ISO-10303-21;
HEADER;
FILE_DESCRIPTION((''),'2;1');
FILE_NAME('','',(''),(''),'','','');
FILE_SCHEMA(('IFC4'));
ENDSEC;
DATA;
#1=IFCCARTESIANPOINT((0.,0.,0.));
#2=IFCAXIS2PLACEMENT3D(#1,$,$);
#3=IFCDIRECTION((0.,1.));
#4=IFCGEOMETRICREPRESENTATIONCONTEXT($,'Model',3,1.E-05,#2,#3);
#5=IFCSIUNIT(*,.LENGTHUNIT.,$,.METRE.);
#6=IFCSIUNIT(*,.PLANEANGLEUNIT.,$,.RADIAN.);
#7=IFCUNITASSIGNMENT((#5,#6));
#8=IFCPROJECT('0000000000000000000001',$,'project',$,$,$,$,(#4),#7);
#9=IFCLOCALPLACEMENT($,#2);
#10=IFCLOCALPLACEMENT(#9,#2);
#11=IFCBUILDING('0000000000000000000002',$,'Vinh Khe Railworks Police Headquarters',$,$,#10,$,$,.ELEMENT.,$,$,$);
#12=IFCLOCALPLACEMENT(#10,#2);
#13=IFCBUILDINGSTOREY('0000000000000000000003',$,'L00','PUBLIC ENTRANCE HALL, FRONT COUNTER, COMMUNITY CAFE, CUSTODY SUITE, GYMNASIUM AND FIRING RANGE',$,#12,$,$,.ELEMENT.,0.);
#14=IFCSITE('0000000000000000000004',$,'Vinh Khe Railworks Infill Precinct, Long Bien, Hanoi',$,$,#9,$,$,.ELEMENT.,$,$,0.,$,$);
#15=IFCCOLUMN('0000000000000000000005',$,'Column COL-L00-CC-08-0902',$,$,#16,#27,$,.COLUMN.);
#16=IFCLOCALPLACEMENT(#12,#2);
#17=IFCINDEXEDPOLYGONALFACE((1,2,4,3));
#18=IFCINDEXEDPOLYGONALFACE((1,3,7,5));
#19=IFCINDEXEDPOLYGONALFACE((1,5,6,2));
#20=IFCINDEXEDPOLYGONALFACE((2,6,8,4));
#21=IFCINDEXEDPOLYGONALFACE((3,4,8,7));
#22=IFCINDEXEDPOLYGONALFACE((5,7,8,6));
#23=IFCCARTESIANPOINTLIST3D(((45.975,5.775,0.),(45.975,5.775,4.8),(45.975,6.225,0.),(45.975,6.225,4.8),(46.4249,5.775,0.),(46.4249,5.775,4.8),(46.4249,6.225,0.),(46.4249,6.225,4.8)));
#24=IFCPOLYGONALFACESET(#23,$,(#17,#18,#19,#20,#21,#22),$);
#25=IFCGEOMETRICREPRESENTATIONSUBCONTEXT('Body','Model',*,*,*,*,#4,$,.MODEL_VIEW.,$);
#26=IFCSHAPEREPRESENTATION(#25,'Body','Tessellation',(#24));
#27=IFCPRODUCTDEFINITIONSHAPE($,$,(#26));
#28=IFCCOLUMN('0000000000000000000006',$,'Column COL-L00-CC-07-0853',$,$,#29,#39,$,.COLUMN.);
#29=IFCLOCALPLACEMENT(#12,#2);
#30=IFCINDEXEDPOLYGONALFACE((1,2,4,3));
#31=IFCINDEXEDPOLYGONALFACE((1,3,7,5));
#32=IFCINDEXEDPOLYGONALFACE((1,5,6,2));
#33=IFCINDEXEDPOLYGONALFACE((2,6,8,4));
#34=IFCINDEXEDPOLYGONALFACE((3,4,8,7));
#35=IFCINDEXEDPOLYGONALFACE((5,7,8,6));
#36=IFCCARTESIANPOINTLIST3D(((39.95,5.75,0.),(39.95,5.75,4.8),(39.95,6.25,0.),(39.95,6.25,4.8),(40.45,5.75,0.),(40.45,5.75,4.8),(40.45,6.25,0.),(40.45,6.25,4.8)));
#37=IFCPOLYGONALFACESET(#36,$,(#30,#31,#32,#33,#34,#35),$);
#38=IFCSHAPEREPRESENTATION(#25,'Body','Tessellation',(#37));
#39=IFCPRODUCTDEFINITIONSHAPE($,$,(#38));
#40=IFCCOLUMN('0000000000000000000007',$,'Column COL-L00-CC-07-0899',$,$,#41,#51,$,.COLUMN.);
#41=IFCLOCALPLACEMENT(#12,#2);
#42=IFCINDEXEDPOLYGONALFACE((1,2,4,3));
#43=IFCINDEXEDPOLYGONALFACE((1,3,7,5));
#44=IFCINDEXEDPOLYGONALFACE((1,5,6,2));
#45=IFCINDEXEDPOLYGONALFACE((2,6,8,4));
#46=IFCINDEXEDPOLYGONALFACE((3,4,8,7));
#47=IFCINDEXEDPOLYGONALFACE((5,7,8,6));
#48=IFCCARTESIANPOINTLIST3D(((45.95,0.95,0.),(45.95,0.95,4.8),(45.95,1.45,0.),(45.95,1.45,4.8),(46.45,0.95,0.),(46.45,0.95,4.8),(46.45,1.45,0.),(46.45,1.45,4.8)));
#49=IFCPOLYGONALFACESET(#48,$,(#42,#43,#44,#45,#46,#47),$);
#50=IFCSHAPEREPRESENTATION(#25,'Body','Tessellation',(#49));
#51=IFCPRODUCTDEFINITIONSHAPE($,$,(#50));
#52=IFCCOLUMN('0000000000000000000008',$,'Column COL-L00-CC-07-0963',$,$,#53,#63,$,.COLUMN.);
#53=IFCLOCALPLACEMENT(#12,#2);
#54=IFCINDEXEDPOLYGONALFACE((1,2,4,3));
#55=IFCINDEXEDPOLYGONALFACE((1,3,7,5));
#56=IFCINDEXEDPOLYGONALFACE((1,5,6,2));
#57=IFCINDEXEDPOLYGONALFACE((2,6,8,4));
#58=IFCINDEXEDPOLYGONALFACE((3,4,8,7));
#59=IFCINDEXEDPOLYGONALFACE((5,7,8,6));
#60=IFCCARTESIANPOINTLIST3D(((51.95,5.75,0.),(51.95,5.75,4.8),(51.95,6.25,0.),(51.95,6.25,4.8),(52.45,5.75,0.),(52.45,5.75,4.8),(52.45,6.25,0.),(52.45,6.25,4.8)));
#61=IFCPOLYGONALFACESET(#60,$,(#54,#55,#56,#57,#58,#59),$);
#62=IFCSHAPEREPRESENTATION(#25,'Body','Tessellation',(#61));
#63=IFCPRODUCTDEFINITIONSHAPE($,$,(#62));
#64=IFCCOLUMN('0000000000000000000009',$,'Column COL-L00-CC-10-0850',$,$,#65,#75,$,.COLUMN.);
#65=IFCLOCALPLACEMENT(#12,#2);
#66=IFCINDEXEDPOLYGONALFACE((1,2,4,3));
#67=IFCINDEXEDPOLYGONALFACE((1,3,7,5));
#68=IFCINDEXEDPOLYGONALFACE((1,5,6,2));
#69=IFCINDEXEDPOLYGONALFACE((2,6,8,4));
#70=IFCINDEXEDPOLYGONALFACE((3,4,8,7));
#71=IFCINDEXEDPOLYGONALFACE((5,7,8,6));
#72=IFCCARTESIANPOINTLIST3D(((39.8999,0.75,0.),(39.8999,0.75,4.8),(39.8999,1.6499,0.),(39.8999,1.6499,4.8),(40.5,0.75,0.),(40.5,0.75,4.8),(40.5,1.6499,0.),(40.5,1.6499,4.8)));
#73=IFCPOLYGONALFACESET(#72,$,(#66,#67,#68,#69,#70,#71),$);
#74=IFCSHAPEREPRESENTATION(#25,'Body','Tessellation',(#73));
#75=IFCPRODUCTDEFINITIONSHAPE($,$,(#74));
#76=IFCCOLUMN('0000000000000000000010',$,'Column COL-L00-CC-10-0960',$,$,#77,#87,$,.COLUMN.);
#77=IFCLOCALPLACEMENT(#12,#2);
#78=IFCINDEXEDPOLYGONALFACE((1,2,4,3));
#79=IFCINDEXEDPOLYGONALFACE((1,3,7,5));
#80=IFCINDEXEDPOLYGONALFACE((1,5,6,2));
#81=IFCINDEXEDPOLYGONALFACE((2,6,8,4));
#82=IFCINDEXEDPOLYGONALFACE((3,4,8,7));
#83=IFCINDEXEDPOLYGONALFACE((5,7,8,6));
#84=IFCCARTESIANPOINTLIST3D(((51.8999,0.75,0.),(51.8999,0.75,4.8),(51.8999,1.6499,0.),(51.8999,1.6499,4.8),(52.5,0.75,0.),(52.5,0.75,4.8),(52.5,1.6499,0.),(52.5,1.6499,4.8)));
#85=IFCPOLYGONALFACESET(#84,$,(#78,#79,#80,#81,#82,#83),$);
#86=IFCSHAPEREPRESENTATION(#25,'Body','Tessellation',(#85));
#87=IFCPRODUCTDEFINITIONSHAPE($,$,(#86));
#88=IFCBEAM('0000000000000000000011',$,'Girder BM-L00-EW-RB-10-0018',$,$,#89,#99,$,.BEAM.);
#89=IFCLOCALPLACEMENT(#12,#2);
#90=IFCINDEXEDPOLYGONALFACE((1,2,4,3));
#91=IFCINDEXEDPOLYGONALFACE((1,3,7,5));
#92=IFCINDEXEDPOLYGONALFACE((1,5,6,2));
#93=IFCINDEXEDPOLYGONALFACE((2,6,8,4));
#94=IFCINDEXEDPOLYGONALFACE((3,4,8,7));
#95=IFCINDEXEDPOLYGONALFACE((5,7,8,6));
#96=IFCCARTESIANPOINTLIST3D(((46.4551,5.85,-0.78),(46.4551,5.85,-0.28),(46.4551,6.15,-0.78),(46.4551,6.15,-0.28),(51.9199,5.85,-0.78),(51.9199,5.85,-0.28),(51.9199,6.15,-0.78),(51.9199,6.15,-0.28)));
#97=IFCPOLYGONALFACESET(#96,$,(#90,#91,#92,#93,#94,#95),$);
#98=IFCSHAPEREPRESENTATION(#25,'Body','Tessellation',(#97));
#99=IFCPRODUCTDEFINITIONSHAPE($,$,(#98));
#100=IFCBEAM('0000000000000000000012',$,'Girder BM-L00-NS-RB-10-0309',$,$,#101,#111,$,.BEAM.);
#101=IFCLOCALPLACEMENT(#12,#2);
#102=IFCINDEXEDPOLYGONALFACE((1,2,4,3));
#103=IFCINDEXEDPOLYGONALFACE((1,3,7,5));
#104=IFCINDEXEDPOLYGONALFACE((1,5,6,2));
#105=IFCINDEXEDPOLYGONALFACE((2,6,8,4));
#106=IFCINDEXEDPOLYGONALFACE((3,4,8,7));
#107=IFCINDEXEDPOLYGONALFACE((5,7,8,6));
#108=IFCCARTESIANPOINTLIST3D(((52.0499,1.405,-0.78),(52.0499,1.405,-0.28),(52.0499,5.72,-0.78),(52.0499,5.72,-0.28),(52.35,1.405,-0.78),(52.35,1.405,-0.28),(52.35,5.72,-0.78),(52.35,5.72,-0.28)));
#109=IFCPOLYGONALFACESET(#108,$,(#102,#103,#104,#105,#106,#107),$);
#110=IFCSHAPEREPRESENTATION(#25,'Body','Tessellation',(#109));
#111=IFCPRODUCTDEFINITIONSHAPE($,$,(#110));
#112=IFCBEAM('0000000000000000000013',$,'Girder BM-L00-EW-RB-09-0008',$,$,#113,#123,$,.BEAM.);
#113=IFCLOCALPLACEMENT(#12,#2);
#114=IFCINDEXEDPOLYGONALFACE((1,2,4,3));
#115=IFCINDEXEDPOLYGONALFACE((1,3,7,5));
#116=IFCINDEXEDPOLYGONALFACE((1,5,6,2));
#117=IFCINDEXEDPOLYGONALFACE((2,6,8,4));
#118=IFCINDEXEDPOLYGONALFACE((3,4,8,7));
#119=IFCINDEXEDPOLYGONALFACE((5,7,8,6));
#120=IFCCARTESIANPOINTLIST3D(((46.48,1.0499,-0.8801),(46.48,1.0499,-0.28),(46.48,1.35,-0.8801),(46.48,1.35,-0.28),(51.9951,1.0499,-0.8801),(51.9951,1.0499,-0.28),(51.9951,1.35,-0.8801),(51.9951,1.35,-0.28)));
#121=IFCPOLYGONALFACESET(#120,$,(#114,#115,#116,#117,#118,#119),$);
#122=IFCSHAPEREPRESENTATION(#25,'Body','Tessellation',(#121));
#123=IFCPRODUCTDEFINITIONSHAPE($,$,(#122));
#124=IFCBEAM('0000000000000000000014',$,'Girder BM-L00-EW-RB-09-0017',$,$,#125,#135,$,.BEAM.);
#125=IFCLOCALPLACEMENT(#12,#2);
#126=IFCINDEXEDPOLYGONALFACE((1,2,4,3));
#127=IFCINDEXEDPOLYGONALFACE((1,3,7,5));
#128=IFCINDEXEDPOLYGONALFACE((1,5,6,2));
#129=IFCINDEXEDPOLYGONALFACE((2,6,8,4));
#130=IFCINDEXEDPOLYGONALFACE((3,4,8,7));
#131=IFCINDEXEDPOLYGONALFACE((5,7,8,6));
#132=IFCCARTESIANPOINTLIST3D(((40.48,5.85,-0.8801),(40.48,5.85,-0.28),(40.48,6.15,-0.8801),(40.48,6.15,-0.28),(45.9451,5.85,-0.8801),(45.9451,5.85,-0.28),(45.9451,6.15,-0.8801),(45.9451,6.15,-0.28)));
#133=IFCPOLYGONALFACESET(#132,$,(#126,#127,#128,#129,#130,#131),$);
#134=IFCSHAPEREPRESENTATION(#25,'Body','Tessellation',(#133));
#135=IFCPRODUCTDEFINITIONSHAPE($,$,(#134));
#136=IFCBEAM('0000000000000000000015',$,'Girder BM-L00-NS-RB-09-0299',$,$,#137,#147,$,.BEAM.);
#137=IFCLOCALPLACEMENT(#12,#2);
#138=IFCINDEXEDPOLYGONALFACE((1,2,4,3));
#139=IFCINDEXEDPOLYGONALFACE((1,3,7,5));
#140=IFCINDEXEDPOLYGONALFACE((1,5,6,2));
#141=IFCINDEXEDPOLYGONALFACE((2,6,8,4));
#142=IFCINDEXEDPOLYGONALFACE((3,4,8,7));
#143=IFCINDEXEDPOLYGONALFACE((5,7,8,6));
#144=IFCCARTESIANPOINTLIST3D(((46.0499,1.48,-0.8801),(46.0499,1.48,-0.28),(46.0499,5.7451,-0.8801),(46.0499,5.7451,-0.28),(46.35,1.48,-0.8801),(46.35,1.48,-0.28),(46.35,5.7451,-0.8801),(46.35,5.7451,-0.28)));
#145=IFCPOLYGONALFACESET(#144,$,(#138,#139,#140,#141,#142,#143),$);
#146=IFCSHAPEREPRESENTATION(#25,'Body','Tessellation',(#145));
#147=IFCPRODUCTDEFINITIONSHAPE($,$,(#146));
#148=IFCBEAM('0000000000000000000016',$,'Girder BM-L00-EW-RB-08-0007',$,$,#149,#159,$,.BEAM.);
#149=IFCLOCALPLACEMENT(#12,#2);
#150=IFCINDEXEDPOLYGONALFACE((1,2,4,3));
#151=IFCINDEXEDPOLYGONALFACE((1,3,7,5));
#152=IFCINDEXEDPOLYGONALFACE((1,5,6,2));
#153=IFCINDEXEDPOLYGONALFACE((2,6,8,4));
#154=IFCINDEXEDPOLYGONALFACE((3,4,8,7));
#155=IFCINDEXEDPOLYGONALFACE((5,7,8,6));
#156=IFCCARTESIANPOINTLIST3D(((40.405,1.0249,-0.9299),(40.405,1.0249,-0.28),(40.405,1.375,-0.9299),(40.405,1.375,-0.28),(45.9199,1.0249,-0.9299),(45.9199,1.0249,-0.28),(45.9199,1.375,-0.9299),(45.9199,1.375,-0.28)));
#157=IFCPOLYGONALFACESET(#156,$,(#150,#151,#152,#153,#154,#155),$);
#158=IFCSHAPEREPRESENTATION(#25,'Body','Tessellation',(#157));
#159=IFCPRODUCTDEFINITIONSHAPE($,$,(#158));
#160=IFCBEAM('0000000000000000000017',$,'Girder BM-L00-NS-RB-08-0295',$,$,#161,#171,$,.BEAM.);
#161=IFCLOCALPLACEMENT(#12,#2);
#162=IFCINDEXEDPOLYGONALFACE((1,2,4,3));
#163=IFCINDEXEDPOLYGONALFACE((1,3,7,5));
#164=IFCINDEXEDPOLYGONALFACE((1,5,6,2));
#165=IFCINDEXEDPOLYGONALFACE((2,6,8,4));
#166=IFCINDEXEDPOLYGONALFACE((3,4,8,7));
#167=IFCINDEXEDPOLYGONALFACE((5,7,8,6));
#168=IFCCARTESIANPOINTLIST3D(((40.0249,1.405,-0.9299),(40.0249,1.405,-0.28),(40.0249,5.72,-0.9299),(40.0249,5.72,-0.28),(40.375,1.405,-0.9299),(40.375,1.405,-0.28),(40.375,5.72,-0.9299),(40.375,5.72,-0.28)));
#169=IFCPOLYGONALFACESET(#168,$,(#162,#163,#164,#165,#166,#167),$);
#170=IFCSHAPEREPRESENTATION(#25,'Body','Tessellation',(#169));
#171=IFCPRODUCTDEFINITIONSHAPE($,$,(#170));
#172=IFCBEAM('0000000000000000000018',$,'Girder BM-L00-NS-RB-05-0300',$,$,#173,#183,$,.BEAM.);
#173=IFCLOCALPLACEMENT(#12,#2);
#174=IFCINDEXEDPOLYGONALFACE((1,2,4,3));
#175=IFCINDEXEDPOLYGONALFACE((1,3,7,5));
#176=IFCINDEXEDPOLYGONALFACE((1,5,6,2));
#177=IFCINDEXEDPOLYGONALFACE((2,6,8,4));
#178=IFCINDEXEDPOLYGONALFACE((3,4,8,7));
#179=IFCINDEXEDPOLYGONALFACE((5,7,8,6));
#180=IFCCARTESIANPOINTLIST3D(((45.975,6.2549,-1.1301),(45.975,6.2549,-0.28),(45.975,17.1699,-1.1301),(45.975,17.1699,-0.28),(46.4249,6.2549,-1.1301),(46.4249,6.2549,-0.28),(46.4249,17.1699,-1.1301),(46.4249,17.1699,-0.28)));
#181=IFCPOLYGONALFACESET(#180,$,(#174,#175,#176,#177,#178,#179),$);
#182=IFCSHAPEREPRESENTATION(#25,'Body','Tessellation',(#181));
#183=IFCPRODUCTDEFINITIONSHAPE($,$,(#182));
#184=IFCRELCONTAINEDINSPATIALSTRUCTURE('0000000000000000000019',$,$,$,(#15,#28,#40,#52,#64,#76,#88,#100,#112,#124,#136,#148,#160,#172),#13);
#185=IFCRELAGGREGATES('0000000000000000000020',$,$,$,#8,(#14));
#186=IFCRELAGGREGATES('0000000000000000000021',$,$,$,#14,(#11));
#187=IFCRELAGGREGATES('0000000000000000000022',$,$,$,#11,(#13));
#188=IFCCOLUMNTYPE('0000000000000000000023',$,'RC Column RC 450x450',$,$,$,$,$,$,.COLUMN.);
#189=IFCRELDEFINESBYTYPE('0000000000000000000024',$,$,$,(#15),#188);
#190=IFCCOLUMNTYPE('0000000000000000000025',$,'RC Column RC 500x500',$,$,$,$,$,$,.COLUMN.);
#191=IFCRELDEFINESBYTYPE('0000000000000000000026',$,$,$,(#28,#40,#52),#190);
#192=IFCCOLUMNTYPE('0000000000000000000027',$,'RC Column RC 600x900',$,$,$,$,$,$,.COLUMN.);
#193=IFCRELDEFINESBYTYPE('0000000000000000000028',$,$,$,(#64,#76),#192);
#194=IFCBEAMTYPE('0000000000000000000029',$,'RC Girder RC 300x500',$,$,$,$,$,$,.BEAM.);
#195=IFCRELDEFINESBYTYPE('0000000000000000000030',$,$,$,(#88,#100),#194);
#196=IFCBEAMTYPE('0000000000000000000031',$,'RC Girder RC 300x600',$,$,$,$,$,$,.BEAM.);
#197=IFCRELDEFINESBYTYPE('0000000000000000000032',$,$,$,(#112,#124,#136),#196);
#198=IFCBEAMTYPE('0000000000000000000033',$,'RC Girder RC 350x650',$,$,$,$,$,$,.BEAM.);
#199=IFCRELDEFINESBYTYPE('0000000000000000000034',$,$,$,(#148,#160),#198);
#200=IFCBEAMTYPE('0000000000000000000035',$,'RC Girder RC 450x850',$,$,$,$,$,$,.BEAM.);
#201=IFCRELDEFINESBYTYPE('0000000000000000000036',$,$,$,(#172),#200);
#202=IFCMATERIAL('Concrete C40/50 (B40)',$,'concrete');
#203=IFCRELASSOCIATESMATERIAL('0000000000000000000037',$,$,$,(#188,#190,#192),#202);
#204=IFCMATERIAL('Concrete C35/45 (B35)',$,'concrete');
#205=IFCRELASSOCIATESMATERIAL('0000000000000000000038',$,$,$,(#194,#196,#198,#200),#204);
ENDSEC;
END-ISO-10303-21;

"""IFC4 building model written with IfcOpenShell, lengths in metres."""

from ifc_helpers import new_model, si_unit, direction, frame, origin, origin_2d, place, context, subcontext, project, spatial, rectangle, extrude, material, material_profile, profile_set, type_object, element, save


model = new_model("IFC4")

# Units and contexts
model_context = context("Model", 3, precision=1e-05, world=origin(), true_north=direction((0.0, 1.0)))
body_context = subcontext(model_context, "Body", "Model", "MODEL_VIEW")
ifc_project = project(units=[si_unit("LENGTHUNIT", "METRE"), si_unit("PLANEANGLEUNIT", "RADIAN")], contexts=[model_context])

# Site, building, storey
site_placement = place(None, origin())
site = spatial("IfcSite", under=ifc_project, at=site_placement, Name="Vinh Khe Railworks Infill Precinct, Long Bien, Hanoi", CompositionType="ELEMENT", RefElevation=0.0)
building_placement = place(site_placement, origin())
building = spatial("IfcBuilding", under=site, at=building_placement, Name="Vinh Khe Railworks Police Headquarters", CompositionType="ELEMENT")
storey_placement = place(building_placement, origin())
storey = spatial("IfcBuildingStorey", under=building, at=storey_placement, Name="L00", Description="PUBLIC ENTRANCE HALL, FRONT COUNTER, COMMUNITY CAFE, CUSTODY SUITE, GYMNASIUM AND FIRING RANGE", CompositionType="ELEMENT", Elevation=0.0)

# Columns
ifc_material_1 = material(Name="Concrete C40/50 (B40)", Category="concrete")
ifc_material_profile_1 = material_profile(ifc_material_1, rectangle(XDim=0.45, YDim=0.45, at=origin_2d()), Name="RC 450x450")
ifc_profile_set_1 = profile_set([ifc_material_profile_1], Name="Concrete C40/50 (B40)")
column_type_1 = type_object("IfcColumnType", Name="RC Column RC 450x450", PredefinedType="COLUMN", material=ifc_profile_set_1)
column_placement = place(storey_placement, frame((46.2, 6.0, 0.0), z_axis=(0.0, 0.0, 1.0), x_axis=(1.0, 0.0, 0.0)))
element("IfcColumn", 1, at=column_placement, inside=storey, type_object=column_type_1, Name="Column COL-L00-CC-08-0902", PredefinedType="COLUMN", context=body_context, shape_type="SweptSolid", body=[
    extrude(rectangle(XDim=0.45, YDim=0.45, at=origin_2d()), origin(), (0.0, 0.0, 1.0), 4.8),
])
ifc_material_profile_2 = material_profile(ifc_material_1, rectangle(XDim=0.5, YDim=0.5, at=origin_2d()), Name="RC 500x500")
ifc_profile_set_2 = profile_set([ifc_material_profile_2], Name="Concrete C40/50 (B40)")
column_type_2 = type_object("IfcColumnType", Name="RC Column RC 500x500", PredefinedType="COLUMN", material=ifc_profile_set_2)
for number, where, z_axis, x_axis, name in (
    (2, (40.2, 6.0, 0.0), (0.0, 0.0, 1.0), (1.0, 0.0, 0.0), "Column COL-L00-CC-07-0853"),
    (3, (46.2, 1.2, 0.0), (0.0, 0.0, 1.0), (1.0, 0.0, 0.0), "Column COL-L00-CC-07-0899"),
    (4, (52.2, 6.0, 0.0), (0.0, 0.0, 1.0), (1.0, 0.0, 0.0), "Column COL-L00-CC-07-0963"),
):
    element("IfcColumn", number, at=place(storey_placement, frame(where, z_axis=z_axis, x_axis=x_axis)), inside=storey, type_object=column_type_2, Name=name, PredefinedType="COLUMN", context=body_context, shape_type="SweptSolid", body=[
        extrude(rectangle(XDim=0.5, YDim=0.5, at=origin_2d()), origin(), (0.0, 0.0, 1.0), 4.8),
    ])
ifc_material_profile_3 = material_profile(ifc_material_1, rectangle(XDim=0.6001, YDim=0.8999, at=origin_2d()), Name="RC 600x900")
ifc_profile_set_3 = profile_set([ifc_material_profile_3], Name="Concrete C40/50 (B40)")
column_type_3 = type_object("IfcColumnType", Name="RC Column RC 600x900", PredefinedType="COLUMN", material=ifc_profile_set_3)
for number, where, z_axis, x_axis, name in (
    (5, (40.2, 1.2, 0.0), (0.0, 0.0, 1.0), (1.0, 0.0, 0.0), "Column COL-L00-CC-10-0850"),
    (6, (52.2, 1.2, 0.0), (0.0, 0.0, 1.0), (1.0, 0.0, 0.0), "Column COL-L00-CC-10-0960"),
):
    element("IfcColumn", number, at=place(storey_placement, frame(where, z_axis=z_axis, x_axis=x_axis)), inside=storey, type_object=column_type_3, Name=name, PredefinedType="COLUMN", context=body_context, shape_type="SweptSolid", body=[
        extrude(rectangle(XDim=0.6001, YDim=0.8999, at=origin_2d()), origin(), (0.0, 0.0, 1.0), 4.8),
    ])

# Beams
ifc_material_2 = material(Name="Concrete C35/45 (B35)", Category="concrete")
ifc_material_profile_4 = material_profile(ifc_material_2, rectangle(XDim=0.3, YDim=0.5, at=origin_2d()), Name="RC 300x500")
ifc_profile_set_4 = profile_set([ifc_material_profile_4], Name="Concrete C35/45 (B35)")
beam_type_1 = type_object("IfcBeamType", Name="RC Girder RC 300x500", PredefinedType="BEAM", material=ifc_profile_set_4)
beam_1_placement = place(storey_placement, frame((46.4551, 6.0, -0.53), z_axis=(1.0, 0.0, 0.0), x_axis=(0.0, 1.0, 0.0)))
element("IfcBeam", 7, at=beam_1_placement, inside=storey, type_object=beam_type_1, Name="Girder BM-L00-EW-RB-10-0018", PredefinedType="BEAM", context=body_context, shape_type="SweptSolid", body=[
    extrude(rectangle(XDim=0.3, YDim=0.5, at=origin_2d()), origin(), (0.0, 0.0, 1.0), 5.4648),
])
beam_2_placement = place(storey_placement, frame((52.2, 1.405, -0.53), z_axis=(0.0, 1.0, 0.0), x_axis=(-1.0, 0.0, 0.0)))
element("IfcBeam", 8, at=beam_2_placement, inside=storey, type_object=beam_type_1, Name="Girder BM-L00-NS-RB-10-0309", PredefinedType="BEAM", context=body_context, shape_type="SweptSolid", body=[
    extrude(rectangle(XDim=0.3, YDim=0.5, at=origin_2d()), origin(), (0.0, 0.0, 1.0), 4.3149),
])
ifc_material_profile_5 = material_profile(ifc_material_2, rectangle(XDim=0.3, YDim=0.6001, at=origin_2d()), Name="RC 300x600")
ifc_profile_set_5 = profile_set([ifc_material_profile_5], Name="Concrete C35/45 (B35)")
beam_type_2 = type_object("IfcBeamType", Name="RC Girder RC 300x600", PredefinedType="BEAM", material=ifc_profile_set_5)
beam_3_placement = place(storey_placement, frame((46.48, 1.2, -0.5801), z_axis=(1.0, 0.0, 0.0), x_axis=(0.0, 1.0, 0.0)))
element("IfcBeam", 9, at=beam_3_placement, inside=storey, type_object=beam_type_2, Name="Girder BM-L00-EW-RB-09-0008", PredefinedType="BEAM", context=body_context, shape_type="SweptSolid", body=[
    extrude(rectangle(XDim=0.3, YDim=0.6001, at=origin_2d()), origin(), (0.0, 0.0, 1.0), 5.5151),
])
beam_4_placement = place(storey_placement, frame((40.48, 6.0, -0.5801), z_axis=(1.0, 0.0, 0.0), x_axis=(0.0, 1.0, 0.0)))
element("IfcBeam", 10, at=beam_4_placement, inside=storey, type_object=beam_type_2, Name="Girder BM-L00-EW-RB-09-0017", PredefinedType="BEAM", context=body_context, shape_type="SweptSolid", body=[
    extrude(rectangle(XDim=0.3, YDim=0.6001, at=origin_2d()), origin(), (0.0, 0.0, 1.0), 5.4651),
])
beam_5_placement = place(storey_placement, frame((46.2, 1.48, -0.5801), z_axis=(0.0, 1.0, 0.0), x_axis=(-1.0, 0.0, 0.0)))
element("IfcBeam", 11, at=beam_5_placement, inside=storey, type_object=beam_type_2, Name="Girder BM-L00-NS-RB-09-0299", PredefinedType="BEAM", context=body_context, shape_type="SweptSolid", body=[
    extrude(rectangle(XDim=0.3, YDim=0.6001, at=origin_2d()), origin(), (0.0, 0.0, 1.0), 4.2651),
])
ifc_material_profile_6 = material_profile(ifc_material_2, rectangle(XDim=0.3501, YDim=0.6499, at=origin_2d()), Name="RC 350x650")
ifc_profile_set_6 = profile_set([ifc_material_profile_6], Name="Concrete C35/45 (B35)")
beam_type_3 = type_object("IfcBeamType", Name="RC Girder RC 350x650", PredefinedType="BEAM", material=ifc_profile_set_6)
beam_6_placement = place(storey_placement, frame((40.405, 1.2, -0.605), z_axis=(1.0, 0.0, 0.0), x_axis=(0.0, 1.0, 0.0)))
element("IfcBeam", 12, at=beam_6_placement, inside=storey, type_object=beam_type_3, Name="Girder BM-L00-EW-RB-08-0007", PredefinedType="BEAM", context=body_context, shape_type="SweptSolid", body=[
    extrude(rectangle(XDim=0.3501, YDim=0.6499, at=origin_2d()), origin(), (0.0, 0.0, 1.0), 5.5149),
])
beam_7_placement = place(storey_placement, frame((40.2, 1.405, -0.605), z_axis=(0.0, 1.0, 0.0), x_axis=(-1.0, 0.0, 0.0)))
element("IfcBeam", 13, at=beam_7_placement, inside=storey, type_object=beam_type_3, Name="Girder BM-L00-NS-RB-08-0295", PredefinedType="BEAM", context=body_context, shape_type="SweptSolid", body=[
    extrude(rectangle(XDim=0.3501, YDim=0.6499, at=origin_2d()), origin(), (0.0, 0.0, 1.0), 4.3149),
])
ifc_material_profile_7 = material_profile(ifc_material_2, rectangle(XDim=0.45, YDim=0.8501, at=origin_2d()), Name="RC 450x850")
ifc_profile_set_7 = profile_set([ifc_material_profile_7], Name="Concrete C35/45 (B35)")
beam_type_4 = type_object("IfcBeamType", Name="RC Girder RC 450x850", PredefinedType="BEAM", material=ifc_profile_set_7)
beam_8_placement = place(storey_placement, frame((46.2, 6.2549, -0.7051), z_axis=(0.0, 1.0, 0.0), x_axis=(-1.0, 0.0, 0.0)))
element("IfcBeam", 14, at=beam_8_placement, inside=storey, type_object=beam_type_4, Name="Girder BM-L00-NS-RB-05-0300", PredefinedType="BEAM", context=body_context, shape_type="SweptSolid", body=[
    extrude(rectangle(XDim=0.45, YDim=0.8501, at=origin_2d()), origin(), (0.0, 0.0, 1.0), 10.915),
])

save(model, "model.ifc")
